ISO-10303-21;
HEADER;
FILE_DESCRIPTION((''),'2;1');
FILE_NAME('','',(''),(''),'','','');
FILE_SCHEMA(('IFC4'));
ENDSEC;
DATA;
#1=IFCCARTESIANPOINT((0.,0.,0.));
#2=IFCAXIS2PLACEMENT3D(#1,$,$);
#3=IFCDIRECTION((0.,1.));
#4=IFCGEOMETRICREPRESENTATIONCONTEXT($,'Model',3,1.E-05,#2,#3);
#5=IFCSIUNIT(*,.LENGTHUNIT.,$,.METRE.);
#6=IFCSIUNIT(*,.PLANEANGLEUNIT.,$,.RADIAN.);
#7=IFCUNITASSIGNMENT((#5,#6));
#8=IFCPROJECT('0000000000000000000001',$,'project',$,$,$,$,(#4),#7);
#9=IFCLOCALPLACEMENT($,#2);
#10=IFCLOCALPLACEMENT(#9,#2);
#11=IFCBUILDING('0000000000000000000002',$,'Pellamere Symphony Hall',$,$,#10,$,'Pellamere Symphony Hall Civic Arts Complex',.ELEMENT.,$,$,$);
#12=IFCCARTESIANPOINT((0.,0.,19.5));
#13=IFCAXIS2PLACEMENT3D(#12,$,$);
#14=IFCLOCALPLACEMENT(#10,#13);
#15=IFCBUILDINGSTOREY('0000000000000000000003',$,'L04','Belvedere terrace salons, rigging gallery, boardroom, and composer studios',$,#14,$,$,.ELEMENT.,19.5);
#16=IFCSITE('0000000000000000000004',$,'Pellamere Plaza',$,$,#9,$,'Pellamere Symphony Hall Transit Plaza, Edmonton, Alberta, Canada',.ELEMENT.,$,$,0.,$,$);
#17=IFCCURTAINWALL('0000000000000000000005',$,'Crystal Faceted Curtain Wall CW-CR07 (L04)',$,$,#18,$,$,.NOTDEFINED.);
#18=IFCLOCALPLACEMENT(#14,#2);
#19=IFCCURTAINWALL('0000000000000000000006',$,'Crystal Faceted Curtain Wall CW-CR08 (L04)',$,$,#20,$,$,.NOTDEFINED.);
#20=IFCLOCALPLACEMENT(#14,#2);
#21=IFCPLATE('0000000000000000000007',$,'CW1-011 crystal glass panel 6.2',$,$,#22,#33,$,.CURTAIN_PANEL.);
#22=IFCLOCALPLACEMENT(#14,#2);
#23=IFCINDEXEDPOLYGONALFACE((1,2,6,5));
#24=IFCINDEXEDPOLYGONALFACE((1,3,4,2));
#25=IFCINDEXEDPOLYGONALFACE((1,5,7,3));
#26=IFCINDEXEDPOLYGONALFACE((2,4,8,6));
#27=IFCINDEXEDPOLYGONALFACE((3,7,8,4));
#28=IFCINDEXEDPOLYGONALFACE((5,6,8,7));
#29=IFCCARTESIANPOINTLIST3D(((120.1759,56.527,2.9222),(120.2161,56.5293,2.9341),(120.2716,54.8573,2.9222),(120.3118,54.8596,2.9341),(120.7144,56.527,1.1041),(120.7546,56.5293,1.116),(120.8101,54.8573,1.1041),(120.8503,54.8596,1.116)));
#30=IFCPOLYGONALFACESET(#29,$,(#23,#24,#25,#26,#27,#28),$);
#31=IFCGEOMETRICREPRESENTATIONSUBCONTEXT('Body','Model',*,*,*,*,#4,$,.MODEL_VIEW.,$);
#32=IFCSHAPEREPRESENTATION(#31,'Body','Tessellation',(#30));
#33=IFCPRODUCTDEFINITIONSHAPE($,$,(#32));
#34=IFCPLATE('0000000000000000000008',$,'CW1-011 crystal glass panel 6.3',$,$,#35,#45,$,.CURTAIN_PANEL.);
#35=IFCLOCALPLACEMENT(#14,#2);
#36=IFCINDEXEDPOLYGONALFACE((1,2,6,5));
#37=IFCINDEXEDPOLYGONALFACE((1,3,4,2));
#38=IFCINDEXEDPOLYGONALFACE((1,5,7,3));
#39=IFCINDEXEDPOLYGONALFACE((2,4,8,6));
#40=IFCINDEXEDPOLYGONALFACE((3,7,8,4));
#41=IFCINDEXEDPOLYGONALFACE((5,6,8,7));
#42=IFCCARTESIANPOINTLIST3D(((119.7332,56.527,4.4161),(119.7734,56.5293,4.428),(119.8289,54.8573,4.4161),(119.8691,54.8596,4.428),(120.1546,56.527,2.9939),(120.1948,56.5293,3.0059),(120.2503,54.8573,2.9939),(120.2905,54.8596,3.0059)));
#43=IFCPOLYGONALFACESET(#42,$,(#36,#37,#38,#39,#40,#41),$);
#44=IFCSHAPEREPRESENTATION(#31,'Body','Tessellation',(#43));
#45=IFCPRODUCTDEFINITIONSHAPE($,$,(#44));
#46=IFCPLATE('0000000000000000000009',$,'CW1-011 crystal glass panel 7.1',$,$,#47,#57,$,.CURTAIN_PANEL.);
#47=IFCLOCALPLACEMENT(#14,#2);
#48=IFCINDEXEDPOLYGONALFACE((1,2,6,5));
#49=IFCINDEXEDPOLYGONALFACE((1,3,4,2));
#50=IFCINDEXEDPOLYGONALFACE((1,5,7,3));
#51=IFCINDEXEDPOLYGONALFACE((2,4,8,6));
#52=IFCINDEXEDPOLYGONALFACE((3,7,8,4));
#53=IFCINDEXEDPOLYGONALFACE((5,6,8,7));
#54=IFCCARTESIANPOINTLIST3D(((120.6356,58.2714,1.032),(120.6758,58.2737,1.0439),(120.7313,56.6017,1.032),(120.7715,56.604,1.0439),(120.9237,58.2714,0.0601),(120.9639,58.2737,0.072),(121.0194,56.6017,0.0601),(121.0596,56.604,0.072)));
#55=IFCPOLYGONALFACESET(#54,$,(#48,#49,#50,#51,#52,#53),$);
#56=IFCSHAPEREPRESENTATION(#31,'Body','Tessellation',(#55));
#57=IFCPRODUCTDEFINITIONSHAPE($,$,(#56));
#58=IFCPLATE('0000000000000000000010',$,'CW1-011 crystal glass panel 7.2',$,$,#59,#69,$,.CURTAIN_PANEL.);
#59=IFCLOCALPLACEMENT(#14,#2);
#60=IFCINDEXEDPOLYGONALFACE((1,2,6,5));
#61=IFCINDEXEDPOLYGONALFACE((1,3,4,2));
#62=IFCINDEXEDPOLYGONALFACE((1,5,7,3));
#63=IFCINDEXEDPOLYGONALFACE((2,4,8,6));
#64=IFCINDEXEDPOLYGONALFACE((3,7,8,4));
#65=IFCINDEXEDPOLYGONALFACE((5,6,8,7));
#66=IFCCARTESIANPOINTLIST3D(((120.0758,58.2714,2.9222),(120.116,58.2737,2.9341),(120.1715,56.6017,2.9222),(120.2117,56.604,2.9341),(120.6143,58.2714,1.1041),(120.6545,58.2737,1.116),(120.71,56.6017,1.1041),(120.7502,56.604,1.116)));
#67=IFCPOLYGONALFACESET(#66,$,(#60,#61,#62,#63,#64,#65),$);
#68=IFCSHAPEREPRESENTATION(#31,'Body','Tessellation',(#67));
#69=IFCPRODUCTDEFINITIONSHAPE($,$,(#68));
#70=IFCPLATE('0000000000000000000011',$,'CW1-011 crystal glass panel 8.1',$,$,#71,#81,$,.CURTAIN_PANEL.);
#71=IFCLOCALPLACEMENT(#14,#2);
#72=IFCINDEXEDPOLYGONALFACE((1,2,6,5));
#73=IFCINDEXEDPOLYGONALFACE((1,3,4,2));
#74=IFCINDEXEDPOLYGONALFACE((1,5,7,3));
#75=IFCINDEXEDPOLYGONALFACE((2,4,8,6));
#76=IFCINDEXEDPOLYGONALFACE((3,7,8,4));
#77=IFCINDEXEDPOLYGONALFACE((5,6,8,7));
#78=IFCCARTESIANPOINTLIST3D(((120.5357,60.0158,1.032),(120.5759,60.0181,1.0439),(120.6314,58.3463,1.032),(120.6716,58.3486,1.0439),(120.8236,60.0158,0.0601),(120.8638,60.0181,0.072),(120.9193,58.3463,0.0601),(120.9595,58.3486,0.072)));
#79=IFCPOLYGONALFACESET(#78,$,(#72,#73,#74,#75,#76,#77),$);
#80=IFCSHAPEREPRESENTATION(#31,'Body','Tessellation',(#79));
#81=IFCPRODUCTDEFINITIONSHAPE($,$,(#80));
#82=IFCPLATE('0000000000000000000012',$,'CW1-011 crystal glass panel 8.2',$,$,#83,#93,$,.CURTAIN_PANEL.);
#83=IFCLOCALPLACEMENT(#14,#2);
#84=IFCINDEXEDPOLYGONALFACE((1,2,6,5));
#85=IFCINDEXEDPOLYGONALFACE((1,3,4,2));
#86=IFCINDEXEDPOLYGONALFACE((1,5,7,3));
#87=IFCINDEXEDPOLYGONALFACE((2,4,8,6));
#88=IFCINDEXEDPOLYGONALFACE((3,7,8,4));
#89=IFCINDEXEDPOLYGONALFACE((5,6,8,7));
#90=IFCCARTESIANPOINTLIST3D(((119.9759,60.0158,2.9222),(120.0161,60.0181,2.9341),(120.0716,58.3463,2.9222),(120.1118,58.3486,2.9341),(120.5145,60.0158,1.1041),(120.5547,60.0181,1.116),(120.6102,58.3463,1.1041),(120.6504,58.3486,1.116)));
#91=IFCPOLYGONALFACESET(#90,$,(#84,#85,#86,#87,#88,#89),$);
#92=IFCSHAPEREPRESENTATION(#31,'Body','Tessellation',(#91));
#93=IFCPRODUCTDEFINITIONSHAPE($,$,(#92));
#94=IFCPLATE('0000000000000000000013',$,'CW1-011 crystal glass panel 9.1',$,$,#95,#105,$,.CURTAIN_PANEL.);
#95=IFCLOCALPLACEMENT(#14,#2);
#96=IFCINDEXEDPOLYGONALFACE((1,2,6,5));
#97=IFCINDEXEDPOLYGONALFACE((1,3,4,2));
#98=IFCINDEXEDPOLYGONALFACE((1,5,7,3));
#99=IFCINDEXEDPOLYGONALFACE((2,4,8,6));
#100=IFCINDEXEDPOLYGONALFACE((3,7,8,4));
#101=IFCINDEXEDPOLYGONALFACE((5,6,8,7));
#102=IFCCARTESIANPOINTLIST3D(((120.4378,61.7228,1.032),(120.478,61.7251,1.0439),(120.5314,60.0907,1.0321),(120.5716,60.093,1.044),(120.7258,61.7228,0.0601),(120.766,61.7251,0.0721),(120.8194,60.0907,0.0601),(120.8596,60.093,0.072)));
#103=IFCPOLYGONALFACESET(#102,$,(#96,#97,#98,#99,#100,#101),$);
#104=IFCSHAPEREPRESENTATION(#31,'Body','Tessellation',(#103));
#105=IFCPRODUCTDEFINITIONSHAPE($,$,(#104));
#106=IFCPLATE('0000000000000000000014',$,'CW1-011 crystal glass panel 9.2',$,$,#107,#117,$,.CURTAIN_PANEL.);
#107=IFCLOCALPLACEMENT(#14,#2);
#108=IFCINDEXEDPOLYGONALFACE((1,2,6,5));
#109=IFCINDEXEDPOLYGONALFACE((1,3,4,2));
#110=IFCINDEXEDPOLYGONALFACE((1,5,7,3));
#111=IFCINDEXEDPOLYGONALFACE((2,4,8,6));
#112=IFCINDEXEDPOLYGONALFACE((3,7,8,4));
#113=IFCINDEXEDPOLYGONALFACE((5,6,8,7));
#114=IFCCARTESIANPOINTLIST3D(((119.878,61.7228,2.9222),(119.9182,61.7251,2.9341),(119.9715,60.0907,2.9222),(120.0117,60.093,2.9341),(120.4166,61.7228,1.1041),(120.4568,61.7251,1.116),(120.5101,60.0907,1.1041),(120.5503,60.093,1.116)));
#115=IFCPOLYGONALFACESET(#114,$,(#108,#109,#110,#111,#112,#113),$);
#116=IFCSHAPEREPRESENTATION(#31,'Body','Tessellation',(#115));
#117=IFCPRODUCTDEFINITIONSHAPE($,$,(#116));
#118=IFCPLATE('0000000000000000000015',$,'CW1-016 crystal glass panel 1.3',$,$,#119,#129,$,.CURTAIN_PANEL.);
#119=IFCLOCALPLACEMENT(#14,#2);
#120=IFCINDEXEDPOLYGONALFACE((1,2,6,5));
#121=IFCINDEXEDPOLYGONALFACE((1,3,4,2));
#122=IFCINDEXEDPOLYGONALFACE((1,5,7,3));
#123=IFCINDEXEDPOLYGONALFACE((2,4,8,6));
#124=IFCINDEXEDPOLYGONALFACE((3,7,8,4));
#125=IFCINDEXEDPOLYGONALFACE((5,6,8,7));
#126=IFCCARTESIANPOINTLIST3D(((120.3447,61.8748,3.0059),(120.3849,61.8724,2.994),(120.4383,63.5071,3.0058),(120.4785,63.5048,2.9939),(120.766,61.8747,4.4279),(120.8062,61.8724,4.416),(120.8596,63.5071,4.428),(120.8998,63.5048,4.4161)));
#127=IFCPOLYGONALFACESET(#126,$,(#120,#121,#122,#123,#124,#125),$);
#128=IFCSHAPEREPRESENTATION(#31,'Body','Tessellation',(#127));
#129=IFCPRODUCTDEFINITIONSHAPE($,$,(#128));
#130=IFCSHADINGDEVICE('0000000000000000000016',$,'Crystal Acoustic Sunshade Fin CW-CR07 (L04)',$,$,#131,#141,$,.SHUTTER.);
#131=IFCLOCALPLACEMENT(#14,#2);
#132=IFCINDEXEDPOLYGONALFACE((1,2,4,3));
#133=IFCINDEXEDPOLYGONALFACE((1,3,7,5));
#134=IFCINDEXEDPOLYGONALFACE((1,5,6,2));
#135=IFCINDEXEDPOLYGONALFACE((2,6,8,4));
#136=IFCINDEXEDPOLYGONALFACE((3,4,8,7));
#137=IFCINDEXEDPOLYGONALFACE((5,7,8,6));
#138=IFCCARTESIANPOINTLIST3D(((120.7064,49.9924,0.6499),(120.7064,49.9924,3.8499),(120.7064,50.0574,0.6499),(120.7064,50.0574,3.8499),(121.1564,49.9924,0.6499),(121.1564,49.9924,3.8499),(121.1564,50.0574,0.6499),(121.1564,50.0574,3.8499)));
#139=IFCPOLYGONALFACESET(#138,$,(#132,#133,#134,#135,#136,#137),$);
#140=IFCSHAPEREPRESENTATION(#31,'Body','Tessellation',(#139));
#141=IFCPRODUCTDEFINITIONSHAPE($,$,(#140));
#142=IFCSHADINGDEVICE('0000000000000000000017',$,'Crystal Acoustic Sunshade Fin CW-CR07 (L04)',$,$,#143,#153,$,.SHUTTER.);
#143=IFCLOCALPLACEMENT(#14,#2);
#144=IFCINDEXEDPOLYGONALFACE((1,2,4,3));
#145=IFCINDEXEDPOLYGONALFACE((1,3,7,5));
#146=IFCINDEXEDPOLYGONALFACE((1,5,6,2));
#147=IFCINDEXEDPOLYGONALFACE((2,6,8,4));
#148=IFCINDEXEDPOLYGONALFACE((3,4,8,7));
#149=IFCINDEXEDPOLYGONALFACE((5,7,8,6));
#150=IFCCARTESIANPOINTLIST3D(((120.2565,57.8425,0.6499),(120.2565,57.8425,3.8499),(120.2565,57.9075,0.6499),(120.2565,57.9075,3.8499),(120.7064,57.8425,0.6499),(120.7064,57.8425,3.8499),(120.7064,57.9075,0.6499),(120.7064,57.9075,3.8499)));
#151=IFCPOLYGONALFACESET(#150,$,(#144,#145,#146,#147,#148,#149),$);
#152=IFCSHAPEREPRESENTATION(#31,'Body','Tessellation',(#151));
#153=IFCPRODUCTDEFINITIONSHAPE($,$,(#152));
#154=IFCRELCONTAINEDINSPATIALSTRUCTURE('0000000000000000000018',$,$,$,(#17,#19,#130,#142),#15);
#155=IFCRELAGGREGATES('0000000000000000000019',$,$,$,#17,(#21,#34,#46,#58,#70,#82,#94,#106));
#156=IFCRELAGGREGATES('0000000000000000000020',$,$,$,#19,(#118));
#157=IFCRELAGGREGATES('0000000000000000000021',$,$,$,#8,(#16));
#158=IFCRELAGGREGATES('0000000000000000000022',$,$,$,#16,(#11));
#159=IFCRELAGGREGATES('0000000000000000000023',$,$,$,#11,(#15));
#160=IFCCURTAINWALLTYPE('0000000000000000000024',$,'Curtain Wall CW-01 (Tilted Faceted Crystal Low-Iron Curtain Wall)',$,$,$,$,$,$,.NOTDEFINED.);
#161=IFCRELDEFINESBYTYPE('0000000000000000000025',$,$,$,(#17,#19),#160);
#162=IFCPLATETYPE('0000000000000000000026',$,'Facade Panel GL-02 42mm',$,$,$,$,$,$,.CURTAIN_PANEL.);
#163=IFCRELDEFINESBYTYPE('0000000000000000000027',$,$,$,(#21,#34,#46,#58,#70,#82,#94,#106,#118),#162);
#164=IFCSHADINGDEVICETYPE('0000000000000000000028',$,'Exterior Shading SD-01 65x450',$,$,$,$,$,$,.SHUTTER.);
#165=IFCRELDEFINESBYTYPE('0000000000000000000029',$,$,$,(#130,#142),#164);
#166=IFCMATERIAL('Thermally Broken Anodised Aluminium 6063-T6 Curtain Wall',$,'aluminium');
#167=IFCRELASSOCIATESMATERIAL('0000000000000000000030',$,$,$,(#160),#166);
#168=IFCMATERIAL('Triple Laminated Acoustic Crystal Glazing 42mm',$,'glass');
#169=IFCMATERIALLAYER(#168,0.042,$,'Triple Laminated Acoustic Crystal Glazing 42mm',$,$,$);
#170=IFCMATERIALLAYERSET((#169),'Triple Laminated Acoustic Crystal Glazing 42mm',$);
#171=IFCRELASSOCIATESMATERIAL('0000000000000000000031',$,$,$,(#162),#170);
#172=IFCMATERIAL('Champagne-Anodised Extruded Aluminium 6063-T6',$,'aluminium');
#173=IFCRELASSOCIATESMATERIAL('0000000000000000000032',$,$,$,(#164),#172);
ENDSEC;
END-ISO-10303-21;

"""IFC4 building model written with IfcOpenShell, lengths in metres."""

from ifc_helpers import new_model, si_unit, direction, frame, origin, origin_2d, place, context, subcontext, project, spatial, polyline, rectangle, outline, extrude, material, layer, layer_set, type_object, element, aggregate, save


model = new_model("IFC4")

# Units and contexts
model_context = context("Model", 3, precision=1e-05, world=origin(), true_north=direction((0.0, 1.0)))
body_context = subcontext(model_context, "Body", "Model", "MODEL_VIEW")
ifc_project = project(units=[si_unit("LENGTHUNIT", "METRE"), si_unit("PLANEANGLEUNIT", "RADIAN")], contexts=[model_context])

# Site, building, storey
site_placement = place(None, origin())
site = spatial("IfcSite", under=ifc_project, at=site_placement, Name="Pellamere Plaza", LongName="Pellamere Symphony Hall Transit Plaza, Edmonton, Alberta, Canada", CompositionType="ELEMENT", RefElevation=0.0)
building_placement = place(site_placement, origin())
building = spatial("IfcBuilding", under=site, at=building_placement, Name="Pellamere Symphony Hall", LongName="Pellamere Symphony Hall Civic Arts Complex", CompositionType="ELEMENT")
storey_placement = place(building_placement, frame((0.0, 0.0, 19.5)))
storey = spatial("IfcBuildingStorey", under=building, at=storey_placement, Name="L04", Description="Belvedere terrace salons, rigging gallery, boardroom, and composer studios", CompositionType="ELEMENT", Elevation=19.5)

# Curtain walls
ifc_material_1 = material(Name="Thermally Broken Anodised Aluminium 6063-T6 Curtain Wall", Category="aluminium")
curtain_wall_type = type_object("IfcCurtainWallType", Name="Curtain Wall CW-01 (Tilted Faceted Crystal Low-Iron Curtain Wall)", PredefinedType="NOTDEFINED", material=ifc_material_1)
curtain_wall_1_placement = place(storey_placement, origin())
curtain_wall_1 = element("IfcCurtainWall", 1, at=curtain_wall_1_placement, inside=storey, type_object=curtain_wall_type, Name="Crystal Faceted Curtain Wall CW-CR07 (L04)", PredefinedType="NOTDEFINED")
curtain_wall_2_placement = place(storey_placement, origin())
curtain_wall_2 = element("IfcCurtainWall", 2, at=curtain_wall_2_placement, inside=storey, type_object=curtain_wall_type, Name="Crystal Faceted Curtain Wall CW-CR08 (L04)", PredefinedType="NOTDEFINED")

# Plates
ifc_material_2 = material(Name="Triple Laminated Acoustic Crystal Glazing 42mm", Category="glass")
ifc_layer = layer(ifc_material_2, 0.042, Name="Triple Laminated Acoustic Crystal Glazing 42mm")
ifc_layer_set = layer_set([ifc_layer], Name="Triple Laminated Acoustic Crystal Glazing 42mm")
plate_type = type_object("IfcPlateType", Name="Facade Panel GL-02 42mm", PredefinedType="CURTAIN_PANEL", material=ifc_layer_set)
plate_1_placement = place(storey_placement, frame((120.8503, 54.8596, 1.116), z_axis=(0.957372, 0.054875, 0.283599), x_axis=(-0.057224, 0.998361, 0.0)))
plate_1 = element("IfcPlate", 3, at=plate_1_placement, type_object=plate_type, Name="CW1-011 crystal glass panel 6.2", PredefinedType="CURTAIN_PANEL", context=body_context, shape_type="SweptSolid", body=[
    extrude(outline(polyline([(0.0, 0.0), (1.6724, 0.0), (1.7032, 1.896), (0.0308, 1.896), (0.0, 0.0)])), origin(), (0.0, 0.0, -1.0), 0.042),
])
plate_2_placement = place(storey_placement, frame((120.2905, 54.8596, 3.0059), z_axis=(0.95735, 0.054874, 0.283671), x_axis=(-0.057224, 0.998361, 0.0)))
plate_2 = element("IfcPlate", 4, at=plate_2_placement, type_object=plate_type, Name="CW1-011 crystal glass panel 6.3", PredefinedType="CURTAIN_PANEL", context=body_context, shape_type="SweptSolid", body=[
    extrude(outline(polyline([(0.0, 0.0), (1.6724, 0.0), (1.6965, 1.483), (0.0241, 1.483), (0.0, 0.0)])), origin(), (0.0, 0.0, -1.0), 0.042),
])
plate_3_placement = place(storey_placement, frame((121.0596, 56.604, 0.072), z_axis=(0.957324, 0.054872, 0.283759), x_axis=(-0.057224, 0.998361, 0.0)))
plate_3 = element("IfcPlate", 5, at=plate_3_placement, type_object=plate_type, Name="CW1-011 crystal glass panel 7.1", PredefinedType="CURTAIN_PANEL", context=body_context, shape_type="SweptSolid", body=[
    extrude(outline(polyline([(0.0, 0.0), (1.6724, 0.0), (1.6889, 1.0136), (0.0165, 1.0136), (0.0, 0.0)])), origin(), (0.0, 0.0, -1.0), 0.042),
])
plate_4_placement = place(storey_placement, frame((120.7502, 56.604, 1.116), z_axis=(0.957372, 0.054875, 0.283599), x_axis=(-0.057224, 0.998361, 0.0)))
plate_4 = element("IfcPlate", 6, at=plate_4_placement, type_object=plate_type, Name="CW1-011 crystal glass panel 7.2", PredefinedType="CURTAIN_PANEL", context=body_context, shape_type="SweptSolid", body=[
    extrude(outline(polyline([(0.0, 0.0), (1.6724, 0.0), (1.7032, 1.896), (0.0308, 1.896), (0.0, 0.0)])), origin(), (0.0, 0.0, -1.0), 0.042),
])
plate_5_placement = place(storey_placement, frame((120.9595, 58.3486, 0.072), z_axis=(0.957389, 0.054884, 0.283537), x_axis=(-0.057233, 0.998361, 0.0)))
plate_5 = element("IfcPlate", 7, at=plate_5_placement, type_object=plate_type, Name="CW1-011 crystal glass panel 8.1", PredefinedType="CURTAIN_PANEL", context=body_context, shape_type="SweptSolid", body=[
    extrude(outline(polyline([(0.0, 0.0), (1.6722, 0.0), (1.6886, 1.0135), (0.0165, 1.0135), (0.0, 0.0)])), origin(), (0.0, 0.0, -1.0), 0.042),
])
plate_6_placement = place(storey_placement, frame((120.6504, 58.3486, 1.116), z_axis=(0.957371, 0.054883, 0.283599), x_axis=(-0.057233, 0.998361, 0.0)))
plate_6 = element("IfcPlate", 8, at=plate_6_placement, type_object=plate_type, Name="CW1-011 crystal glass panel 8.2", PredefinedType="CURTAIN_PANEL", context=body_context, shape_type="SweptSolid", body=[
    extrude(outline(polyline([(0.0, 0.0), (1.6722, 0.0), (1.703, 1.896), (0.0308, 1.896), (0.0, 0.0)])), origin(), (0.0, 0.0, -1.0), 0.042),
])
plate_7_placement = place(storey_placement, frame((120.8596, 60.093, 0.072), z_axis=(0.957355, 0.054921, 0.283647), x_axis=(-0.057279, 0.998358, 0.00002)))
plate_7 = element("IfcPlate", 9, at=plate_7_placement, type_object=plate_type, Name="CW1-011 crystal glass panel 9.1", PredefinedType="CURTAIN_PANEL", context=body_context, shape_type="SweptSolid", body=[
    extrude(outline(polyline([(0.0, 0.0), (1.6348, 0.0), (1.6513, 1.0135), (0.0165, 1.0136), (0.0, 0.0)])), origin(), (0.0, 0.0, -1.0), 0.042),
])
plate_8_placement = place(storey_placement, frame((120.5503, 60.093, 1.116), z_axis=(0.957373, 0.05485, 0.283599), x_axis=(-0.057199, 0.998363, 0.0)))
plate_8 = element("IfcPlate", 10, at=plate_8_placement, type_object=plate_type, Name="CW1-011 crystal glass panel 9.2", PredefinedType="CURTAIN_PANEL", context=body_context, shape_type="SweptSolid", body=[
    extrude(outline(polyline([(0.0, 0.0), (1.6348, 0.0), (1.6656, 1.896), (0.0308, 1.896), (0.0, 0.0)])), origin(), (0.0, 0.0, -1.0), 0.042),
])
aggregate(curtain_wall_1, [plate_1, plate_2, plate_3, plate_4, plate_5, plate_6, plate_7, plate_8])
plate_9_placement = place(storey_placement, frame((120.3447, 61.8748, 3.0059), z_axis=(-0.95737, 0.054913, 0.283595), x_axis=(0.057259, 0.998359, -0.00002)))
plate_9 = element("IfcPlate", 11, at=plate_9_placement, type_object=plate_type, Name="CW1-016 crystal glass panel 1.3", PredefinedType="CURTAIN_PANEL", context=body_context, shape_type="SweptSolid", body=[
    extrude(outline(polyline([(0.0, 0.0), (1.635, 0.0), (1.6591, -1.483), (0.0241, -1.483), (0.0, 0.0)])), origin(), (0.0, 0.0, -1.0), 0.042),
])
aggregate(curtain_wall_2, [plate_9])

# Shading devices
ifc_material_3 = material(Name="Champagne-Anodised Extruded Aluminium 6063-T6", Category="aluminium")
shading_device_type = type_object("IfcShadingDeviceType", Name="Exterior Shading SD-01 65x450", PredefinedType="SHUTTER", material=ifc_material_3)
for number, where, z_axis, x_axis, name in (
    (12, (120.9314, 50.0249, 0.6499), (0.0, 0.0, 1.0), (0.0, 1.0, 0.0), "Crystal Acoustic Sunshade Fin CW-CR07 (L04)"),
    (13, (120.4814, 57.875, 0.6499), (0.0, 0.0, 1.0), (0.0, 1.0, 0.0), "Crystal Acoustic Sunshade Fin CW-CR07 (L04)"),
):
    element("IfcShadingDevice", number, at=place(storey_placement, frame(where, z_axis=z_axis, x_axis=x_axis)), inside=storey, type_object=shading_device_type, Name=name, PredefinedType="SHUTTER", context=body_context, shape_type="SweptSolid", body=[
        extrude(rectangle(XDim=0.0649, YDim=0.45, at=origin_2d()), origin(), (0.0, 0.0, 1.0), 3.2),
    ])

save(model, "model.ifc")
